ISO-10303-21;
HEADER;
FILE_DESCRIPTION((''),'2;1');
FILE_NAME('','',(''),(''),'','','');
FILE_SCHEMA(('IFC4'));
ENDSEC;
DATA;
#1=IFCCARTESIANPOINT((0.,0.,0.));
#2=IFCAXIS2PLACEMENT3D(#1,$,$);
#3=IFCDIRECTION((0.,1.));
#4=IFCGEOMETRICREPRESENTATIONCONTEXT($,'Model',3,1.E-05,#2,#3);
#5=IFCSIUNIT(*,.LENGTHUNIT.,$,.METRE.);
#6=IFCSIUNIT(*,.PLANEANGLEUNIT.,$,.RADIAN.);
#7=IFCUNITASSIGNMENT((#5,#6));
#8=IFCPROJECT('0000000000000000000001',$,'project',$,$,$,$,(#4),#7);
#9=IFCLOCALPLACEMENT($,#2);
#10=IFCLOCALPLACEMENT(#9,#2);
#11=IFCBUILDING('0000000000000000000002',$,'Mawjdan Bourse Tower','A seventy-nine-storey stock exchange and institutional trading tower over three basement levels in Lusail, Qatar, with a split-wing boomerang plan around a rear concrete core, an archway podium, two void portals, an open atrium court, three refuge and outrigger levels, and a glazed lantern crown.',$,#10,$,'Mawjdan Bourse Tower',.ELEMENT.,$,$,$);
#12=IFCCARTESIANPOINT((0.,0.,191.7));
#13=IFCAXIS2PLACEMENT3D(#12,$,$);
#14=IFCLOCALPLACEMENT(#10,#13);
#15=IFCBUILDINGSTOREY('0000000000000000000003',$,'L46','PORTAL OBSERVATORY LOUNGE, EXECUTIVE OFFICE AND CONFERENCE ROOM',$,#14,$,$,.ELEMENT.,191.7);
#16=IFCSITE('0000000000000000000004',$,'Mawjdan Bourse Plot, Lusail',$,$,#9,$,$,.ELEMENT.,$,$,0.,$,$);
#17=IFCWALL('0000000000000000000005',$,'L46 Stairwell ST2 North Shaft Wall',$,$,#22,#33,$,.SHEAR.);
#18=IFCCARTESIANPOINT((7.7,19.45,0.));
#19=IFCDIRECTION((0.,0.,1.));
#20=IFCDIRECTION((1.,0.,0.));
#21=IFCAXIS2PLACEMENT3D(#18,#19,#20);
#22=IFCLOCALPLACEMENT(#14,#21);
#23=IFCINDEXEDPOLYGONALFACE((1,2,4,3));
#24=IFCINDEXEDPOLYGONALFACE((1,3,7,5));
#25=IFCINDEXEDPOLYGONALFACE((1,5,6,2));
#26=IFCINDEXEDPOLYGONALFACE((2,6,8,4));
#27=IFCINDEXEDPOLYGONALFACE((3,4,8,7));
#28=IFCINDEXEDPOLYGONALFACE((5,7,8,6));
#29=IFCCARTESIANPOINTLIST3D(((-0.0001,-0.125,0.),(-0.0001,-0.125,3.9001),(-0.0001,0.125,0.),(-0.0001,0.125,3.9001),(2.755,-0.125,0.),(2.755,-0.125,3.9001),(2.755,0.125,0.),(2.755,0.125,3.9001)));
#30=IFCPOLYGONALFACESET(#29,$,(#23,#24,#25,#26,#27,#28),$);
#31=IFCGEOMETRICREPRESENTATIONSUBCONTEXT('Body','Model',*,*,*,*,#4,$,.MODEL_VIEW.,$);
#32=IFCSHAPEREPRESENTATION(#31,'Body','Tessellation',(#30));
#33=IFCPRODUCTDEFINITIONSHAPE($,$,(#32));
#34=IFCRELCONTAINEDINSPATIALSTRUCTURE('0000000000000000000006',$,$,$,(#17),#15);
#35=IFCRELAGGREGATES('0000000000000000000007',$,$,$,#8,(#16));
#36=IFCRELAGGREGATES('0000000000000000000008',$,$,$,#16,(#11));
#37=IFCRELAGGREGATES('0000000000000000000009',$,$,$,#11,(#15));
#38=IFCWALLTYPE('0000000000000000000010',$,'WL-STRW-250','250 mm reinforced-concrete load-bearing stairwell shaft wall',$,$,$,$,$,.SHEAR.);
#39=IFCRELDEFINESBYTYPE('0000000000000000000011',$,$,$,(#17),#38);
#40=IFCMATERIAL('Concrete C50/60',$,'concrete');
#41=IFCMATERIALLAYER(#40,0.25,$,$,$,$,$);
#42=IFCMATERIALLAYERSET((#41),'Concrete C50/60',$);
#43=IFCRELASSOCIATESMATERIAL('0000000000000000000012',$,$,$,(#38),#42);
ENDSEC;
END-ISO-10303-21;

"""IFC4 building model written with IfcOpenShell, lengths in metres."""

from ifc_helpers import new_model, si_unit, direction, frame, frame_2d, origin, place, context, subcontext, project, spatial, rectangle, extrude, material, layer, layer_set, type_object, element, save


model = new_model("IFC4")

# Units and contexts
model_context = context("Model", 3, precision=1e-05, world=origin(), true_north=direction((0.0, 1.0)))
body_context = subcontext(model_context, "Body", "Model", "MODEL_VIEW")
ifc_project = project(units=[si_unit("LENGTHUNIT", "METRE"), si_unit("PLANEANGLEUNIT", "RADIAN")], contexts=[model_context])

# Site, building, storey
site_placement = place(None, origin())
site = spatial("IfcSite", under=ifc_project, at=site_placement, Name="Mawjdan Bourse Plot, Lusail", CompositionType="ELEMENT", RefElevation=0.0)
building_placement = place(site_placement, origin())
building = spatial("IfcBuilding", under=site, at=building_placement, Name="Mawjdan Bourse Tower", Description="A seventy-nine-storey stock exchange and institutional trading tower over three basement levels in Lusail, Qatar, with a split-wing boomerang plan around a rear concrete core, an archway podium, two void portals, an open atrium court, three refuge and outrigger levels, and a glazed lantern crown.", LongName="Mawjdan Bourse Tower", CompositionType="ELEMENT")
storey_placement = place(building_placement, frame((0.0, 0.0, 191.7)))
storey = spatial("IfcBuildingStorey", under=building, at=storey_placement, Name="L46", Description="PORTAL OBSERVATORY LOUNGE, EXECUTIVE OFFICE AND CONFERENCE ROOM", CompositionType="ELEMENT", Elevation=191.7)

# Shared definitions
ifc_material_1 = material(Name="Concrete C50/60", Category="concrete")

# Wall
ifc_layer_1 = layer(ifc_material_1, 0.25)
ifc_layer_set_1 = layer_set([ifc_layer_1], Name="Concrete C50/60")
wall_type_1 = type_object("IfcWallType", Name="WL-STRW-250", Description="250 mm reinforced-concrete load-bearing stairwell shaft wall", PredefinedType="SHEAR", material=ifc_layer_set_1)
wall_1_placement = place(storey_placement, frame((7.7, 19.45, 0.0), z_axis=(0.0, 0.0, 1.0), x_axis=(1.0, 0.0, 0.0)))
element("IfcWall", 1, at=wall_1_placement, inside=storey, type_object=wall_type_1, Name="L46 Stairwell ST2 North Shaft Wall", PredefinedType="SHEAR", context=body_context, shape_type="SweptSolid", body=[
    extrude(rectangle(XDim=2.7551, YDim=0.25, at=frame_2d((1.3774, 0.0))), origin(), (0.0, 0.0, 1.0), 3.9001),
])

save(model, "model.ifc")
